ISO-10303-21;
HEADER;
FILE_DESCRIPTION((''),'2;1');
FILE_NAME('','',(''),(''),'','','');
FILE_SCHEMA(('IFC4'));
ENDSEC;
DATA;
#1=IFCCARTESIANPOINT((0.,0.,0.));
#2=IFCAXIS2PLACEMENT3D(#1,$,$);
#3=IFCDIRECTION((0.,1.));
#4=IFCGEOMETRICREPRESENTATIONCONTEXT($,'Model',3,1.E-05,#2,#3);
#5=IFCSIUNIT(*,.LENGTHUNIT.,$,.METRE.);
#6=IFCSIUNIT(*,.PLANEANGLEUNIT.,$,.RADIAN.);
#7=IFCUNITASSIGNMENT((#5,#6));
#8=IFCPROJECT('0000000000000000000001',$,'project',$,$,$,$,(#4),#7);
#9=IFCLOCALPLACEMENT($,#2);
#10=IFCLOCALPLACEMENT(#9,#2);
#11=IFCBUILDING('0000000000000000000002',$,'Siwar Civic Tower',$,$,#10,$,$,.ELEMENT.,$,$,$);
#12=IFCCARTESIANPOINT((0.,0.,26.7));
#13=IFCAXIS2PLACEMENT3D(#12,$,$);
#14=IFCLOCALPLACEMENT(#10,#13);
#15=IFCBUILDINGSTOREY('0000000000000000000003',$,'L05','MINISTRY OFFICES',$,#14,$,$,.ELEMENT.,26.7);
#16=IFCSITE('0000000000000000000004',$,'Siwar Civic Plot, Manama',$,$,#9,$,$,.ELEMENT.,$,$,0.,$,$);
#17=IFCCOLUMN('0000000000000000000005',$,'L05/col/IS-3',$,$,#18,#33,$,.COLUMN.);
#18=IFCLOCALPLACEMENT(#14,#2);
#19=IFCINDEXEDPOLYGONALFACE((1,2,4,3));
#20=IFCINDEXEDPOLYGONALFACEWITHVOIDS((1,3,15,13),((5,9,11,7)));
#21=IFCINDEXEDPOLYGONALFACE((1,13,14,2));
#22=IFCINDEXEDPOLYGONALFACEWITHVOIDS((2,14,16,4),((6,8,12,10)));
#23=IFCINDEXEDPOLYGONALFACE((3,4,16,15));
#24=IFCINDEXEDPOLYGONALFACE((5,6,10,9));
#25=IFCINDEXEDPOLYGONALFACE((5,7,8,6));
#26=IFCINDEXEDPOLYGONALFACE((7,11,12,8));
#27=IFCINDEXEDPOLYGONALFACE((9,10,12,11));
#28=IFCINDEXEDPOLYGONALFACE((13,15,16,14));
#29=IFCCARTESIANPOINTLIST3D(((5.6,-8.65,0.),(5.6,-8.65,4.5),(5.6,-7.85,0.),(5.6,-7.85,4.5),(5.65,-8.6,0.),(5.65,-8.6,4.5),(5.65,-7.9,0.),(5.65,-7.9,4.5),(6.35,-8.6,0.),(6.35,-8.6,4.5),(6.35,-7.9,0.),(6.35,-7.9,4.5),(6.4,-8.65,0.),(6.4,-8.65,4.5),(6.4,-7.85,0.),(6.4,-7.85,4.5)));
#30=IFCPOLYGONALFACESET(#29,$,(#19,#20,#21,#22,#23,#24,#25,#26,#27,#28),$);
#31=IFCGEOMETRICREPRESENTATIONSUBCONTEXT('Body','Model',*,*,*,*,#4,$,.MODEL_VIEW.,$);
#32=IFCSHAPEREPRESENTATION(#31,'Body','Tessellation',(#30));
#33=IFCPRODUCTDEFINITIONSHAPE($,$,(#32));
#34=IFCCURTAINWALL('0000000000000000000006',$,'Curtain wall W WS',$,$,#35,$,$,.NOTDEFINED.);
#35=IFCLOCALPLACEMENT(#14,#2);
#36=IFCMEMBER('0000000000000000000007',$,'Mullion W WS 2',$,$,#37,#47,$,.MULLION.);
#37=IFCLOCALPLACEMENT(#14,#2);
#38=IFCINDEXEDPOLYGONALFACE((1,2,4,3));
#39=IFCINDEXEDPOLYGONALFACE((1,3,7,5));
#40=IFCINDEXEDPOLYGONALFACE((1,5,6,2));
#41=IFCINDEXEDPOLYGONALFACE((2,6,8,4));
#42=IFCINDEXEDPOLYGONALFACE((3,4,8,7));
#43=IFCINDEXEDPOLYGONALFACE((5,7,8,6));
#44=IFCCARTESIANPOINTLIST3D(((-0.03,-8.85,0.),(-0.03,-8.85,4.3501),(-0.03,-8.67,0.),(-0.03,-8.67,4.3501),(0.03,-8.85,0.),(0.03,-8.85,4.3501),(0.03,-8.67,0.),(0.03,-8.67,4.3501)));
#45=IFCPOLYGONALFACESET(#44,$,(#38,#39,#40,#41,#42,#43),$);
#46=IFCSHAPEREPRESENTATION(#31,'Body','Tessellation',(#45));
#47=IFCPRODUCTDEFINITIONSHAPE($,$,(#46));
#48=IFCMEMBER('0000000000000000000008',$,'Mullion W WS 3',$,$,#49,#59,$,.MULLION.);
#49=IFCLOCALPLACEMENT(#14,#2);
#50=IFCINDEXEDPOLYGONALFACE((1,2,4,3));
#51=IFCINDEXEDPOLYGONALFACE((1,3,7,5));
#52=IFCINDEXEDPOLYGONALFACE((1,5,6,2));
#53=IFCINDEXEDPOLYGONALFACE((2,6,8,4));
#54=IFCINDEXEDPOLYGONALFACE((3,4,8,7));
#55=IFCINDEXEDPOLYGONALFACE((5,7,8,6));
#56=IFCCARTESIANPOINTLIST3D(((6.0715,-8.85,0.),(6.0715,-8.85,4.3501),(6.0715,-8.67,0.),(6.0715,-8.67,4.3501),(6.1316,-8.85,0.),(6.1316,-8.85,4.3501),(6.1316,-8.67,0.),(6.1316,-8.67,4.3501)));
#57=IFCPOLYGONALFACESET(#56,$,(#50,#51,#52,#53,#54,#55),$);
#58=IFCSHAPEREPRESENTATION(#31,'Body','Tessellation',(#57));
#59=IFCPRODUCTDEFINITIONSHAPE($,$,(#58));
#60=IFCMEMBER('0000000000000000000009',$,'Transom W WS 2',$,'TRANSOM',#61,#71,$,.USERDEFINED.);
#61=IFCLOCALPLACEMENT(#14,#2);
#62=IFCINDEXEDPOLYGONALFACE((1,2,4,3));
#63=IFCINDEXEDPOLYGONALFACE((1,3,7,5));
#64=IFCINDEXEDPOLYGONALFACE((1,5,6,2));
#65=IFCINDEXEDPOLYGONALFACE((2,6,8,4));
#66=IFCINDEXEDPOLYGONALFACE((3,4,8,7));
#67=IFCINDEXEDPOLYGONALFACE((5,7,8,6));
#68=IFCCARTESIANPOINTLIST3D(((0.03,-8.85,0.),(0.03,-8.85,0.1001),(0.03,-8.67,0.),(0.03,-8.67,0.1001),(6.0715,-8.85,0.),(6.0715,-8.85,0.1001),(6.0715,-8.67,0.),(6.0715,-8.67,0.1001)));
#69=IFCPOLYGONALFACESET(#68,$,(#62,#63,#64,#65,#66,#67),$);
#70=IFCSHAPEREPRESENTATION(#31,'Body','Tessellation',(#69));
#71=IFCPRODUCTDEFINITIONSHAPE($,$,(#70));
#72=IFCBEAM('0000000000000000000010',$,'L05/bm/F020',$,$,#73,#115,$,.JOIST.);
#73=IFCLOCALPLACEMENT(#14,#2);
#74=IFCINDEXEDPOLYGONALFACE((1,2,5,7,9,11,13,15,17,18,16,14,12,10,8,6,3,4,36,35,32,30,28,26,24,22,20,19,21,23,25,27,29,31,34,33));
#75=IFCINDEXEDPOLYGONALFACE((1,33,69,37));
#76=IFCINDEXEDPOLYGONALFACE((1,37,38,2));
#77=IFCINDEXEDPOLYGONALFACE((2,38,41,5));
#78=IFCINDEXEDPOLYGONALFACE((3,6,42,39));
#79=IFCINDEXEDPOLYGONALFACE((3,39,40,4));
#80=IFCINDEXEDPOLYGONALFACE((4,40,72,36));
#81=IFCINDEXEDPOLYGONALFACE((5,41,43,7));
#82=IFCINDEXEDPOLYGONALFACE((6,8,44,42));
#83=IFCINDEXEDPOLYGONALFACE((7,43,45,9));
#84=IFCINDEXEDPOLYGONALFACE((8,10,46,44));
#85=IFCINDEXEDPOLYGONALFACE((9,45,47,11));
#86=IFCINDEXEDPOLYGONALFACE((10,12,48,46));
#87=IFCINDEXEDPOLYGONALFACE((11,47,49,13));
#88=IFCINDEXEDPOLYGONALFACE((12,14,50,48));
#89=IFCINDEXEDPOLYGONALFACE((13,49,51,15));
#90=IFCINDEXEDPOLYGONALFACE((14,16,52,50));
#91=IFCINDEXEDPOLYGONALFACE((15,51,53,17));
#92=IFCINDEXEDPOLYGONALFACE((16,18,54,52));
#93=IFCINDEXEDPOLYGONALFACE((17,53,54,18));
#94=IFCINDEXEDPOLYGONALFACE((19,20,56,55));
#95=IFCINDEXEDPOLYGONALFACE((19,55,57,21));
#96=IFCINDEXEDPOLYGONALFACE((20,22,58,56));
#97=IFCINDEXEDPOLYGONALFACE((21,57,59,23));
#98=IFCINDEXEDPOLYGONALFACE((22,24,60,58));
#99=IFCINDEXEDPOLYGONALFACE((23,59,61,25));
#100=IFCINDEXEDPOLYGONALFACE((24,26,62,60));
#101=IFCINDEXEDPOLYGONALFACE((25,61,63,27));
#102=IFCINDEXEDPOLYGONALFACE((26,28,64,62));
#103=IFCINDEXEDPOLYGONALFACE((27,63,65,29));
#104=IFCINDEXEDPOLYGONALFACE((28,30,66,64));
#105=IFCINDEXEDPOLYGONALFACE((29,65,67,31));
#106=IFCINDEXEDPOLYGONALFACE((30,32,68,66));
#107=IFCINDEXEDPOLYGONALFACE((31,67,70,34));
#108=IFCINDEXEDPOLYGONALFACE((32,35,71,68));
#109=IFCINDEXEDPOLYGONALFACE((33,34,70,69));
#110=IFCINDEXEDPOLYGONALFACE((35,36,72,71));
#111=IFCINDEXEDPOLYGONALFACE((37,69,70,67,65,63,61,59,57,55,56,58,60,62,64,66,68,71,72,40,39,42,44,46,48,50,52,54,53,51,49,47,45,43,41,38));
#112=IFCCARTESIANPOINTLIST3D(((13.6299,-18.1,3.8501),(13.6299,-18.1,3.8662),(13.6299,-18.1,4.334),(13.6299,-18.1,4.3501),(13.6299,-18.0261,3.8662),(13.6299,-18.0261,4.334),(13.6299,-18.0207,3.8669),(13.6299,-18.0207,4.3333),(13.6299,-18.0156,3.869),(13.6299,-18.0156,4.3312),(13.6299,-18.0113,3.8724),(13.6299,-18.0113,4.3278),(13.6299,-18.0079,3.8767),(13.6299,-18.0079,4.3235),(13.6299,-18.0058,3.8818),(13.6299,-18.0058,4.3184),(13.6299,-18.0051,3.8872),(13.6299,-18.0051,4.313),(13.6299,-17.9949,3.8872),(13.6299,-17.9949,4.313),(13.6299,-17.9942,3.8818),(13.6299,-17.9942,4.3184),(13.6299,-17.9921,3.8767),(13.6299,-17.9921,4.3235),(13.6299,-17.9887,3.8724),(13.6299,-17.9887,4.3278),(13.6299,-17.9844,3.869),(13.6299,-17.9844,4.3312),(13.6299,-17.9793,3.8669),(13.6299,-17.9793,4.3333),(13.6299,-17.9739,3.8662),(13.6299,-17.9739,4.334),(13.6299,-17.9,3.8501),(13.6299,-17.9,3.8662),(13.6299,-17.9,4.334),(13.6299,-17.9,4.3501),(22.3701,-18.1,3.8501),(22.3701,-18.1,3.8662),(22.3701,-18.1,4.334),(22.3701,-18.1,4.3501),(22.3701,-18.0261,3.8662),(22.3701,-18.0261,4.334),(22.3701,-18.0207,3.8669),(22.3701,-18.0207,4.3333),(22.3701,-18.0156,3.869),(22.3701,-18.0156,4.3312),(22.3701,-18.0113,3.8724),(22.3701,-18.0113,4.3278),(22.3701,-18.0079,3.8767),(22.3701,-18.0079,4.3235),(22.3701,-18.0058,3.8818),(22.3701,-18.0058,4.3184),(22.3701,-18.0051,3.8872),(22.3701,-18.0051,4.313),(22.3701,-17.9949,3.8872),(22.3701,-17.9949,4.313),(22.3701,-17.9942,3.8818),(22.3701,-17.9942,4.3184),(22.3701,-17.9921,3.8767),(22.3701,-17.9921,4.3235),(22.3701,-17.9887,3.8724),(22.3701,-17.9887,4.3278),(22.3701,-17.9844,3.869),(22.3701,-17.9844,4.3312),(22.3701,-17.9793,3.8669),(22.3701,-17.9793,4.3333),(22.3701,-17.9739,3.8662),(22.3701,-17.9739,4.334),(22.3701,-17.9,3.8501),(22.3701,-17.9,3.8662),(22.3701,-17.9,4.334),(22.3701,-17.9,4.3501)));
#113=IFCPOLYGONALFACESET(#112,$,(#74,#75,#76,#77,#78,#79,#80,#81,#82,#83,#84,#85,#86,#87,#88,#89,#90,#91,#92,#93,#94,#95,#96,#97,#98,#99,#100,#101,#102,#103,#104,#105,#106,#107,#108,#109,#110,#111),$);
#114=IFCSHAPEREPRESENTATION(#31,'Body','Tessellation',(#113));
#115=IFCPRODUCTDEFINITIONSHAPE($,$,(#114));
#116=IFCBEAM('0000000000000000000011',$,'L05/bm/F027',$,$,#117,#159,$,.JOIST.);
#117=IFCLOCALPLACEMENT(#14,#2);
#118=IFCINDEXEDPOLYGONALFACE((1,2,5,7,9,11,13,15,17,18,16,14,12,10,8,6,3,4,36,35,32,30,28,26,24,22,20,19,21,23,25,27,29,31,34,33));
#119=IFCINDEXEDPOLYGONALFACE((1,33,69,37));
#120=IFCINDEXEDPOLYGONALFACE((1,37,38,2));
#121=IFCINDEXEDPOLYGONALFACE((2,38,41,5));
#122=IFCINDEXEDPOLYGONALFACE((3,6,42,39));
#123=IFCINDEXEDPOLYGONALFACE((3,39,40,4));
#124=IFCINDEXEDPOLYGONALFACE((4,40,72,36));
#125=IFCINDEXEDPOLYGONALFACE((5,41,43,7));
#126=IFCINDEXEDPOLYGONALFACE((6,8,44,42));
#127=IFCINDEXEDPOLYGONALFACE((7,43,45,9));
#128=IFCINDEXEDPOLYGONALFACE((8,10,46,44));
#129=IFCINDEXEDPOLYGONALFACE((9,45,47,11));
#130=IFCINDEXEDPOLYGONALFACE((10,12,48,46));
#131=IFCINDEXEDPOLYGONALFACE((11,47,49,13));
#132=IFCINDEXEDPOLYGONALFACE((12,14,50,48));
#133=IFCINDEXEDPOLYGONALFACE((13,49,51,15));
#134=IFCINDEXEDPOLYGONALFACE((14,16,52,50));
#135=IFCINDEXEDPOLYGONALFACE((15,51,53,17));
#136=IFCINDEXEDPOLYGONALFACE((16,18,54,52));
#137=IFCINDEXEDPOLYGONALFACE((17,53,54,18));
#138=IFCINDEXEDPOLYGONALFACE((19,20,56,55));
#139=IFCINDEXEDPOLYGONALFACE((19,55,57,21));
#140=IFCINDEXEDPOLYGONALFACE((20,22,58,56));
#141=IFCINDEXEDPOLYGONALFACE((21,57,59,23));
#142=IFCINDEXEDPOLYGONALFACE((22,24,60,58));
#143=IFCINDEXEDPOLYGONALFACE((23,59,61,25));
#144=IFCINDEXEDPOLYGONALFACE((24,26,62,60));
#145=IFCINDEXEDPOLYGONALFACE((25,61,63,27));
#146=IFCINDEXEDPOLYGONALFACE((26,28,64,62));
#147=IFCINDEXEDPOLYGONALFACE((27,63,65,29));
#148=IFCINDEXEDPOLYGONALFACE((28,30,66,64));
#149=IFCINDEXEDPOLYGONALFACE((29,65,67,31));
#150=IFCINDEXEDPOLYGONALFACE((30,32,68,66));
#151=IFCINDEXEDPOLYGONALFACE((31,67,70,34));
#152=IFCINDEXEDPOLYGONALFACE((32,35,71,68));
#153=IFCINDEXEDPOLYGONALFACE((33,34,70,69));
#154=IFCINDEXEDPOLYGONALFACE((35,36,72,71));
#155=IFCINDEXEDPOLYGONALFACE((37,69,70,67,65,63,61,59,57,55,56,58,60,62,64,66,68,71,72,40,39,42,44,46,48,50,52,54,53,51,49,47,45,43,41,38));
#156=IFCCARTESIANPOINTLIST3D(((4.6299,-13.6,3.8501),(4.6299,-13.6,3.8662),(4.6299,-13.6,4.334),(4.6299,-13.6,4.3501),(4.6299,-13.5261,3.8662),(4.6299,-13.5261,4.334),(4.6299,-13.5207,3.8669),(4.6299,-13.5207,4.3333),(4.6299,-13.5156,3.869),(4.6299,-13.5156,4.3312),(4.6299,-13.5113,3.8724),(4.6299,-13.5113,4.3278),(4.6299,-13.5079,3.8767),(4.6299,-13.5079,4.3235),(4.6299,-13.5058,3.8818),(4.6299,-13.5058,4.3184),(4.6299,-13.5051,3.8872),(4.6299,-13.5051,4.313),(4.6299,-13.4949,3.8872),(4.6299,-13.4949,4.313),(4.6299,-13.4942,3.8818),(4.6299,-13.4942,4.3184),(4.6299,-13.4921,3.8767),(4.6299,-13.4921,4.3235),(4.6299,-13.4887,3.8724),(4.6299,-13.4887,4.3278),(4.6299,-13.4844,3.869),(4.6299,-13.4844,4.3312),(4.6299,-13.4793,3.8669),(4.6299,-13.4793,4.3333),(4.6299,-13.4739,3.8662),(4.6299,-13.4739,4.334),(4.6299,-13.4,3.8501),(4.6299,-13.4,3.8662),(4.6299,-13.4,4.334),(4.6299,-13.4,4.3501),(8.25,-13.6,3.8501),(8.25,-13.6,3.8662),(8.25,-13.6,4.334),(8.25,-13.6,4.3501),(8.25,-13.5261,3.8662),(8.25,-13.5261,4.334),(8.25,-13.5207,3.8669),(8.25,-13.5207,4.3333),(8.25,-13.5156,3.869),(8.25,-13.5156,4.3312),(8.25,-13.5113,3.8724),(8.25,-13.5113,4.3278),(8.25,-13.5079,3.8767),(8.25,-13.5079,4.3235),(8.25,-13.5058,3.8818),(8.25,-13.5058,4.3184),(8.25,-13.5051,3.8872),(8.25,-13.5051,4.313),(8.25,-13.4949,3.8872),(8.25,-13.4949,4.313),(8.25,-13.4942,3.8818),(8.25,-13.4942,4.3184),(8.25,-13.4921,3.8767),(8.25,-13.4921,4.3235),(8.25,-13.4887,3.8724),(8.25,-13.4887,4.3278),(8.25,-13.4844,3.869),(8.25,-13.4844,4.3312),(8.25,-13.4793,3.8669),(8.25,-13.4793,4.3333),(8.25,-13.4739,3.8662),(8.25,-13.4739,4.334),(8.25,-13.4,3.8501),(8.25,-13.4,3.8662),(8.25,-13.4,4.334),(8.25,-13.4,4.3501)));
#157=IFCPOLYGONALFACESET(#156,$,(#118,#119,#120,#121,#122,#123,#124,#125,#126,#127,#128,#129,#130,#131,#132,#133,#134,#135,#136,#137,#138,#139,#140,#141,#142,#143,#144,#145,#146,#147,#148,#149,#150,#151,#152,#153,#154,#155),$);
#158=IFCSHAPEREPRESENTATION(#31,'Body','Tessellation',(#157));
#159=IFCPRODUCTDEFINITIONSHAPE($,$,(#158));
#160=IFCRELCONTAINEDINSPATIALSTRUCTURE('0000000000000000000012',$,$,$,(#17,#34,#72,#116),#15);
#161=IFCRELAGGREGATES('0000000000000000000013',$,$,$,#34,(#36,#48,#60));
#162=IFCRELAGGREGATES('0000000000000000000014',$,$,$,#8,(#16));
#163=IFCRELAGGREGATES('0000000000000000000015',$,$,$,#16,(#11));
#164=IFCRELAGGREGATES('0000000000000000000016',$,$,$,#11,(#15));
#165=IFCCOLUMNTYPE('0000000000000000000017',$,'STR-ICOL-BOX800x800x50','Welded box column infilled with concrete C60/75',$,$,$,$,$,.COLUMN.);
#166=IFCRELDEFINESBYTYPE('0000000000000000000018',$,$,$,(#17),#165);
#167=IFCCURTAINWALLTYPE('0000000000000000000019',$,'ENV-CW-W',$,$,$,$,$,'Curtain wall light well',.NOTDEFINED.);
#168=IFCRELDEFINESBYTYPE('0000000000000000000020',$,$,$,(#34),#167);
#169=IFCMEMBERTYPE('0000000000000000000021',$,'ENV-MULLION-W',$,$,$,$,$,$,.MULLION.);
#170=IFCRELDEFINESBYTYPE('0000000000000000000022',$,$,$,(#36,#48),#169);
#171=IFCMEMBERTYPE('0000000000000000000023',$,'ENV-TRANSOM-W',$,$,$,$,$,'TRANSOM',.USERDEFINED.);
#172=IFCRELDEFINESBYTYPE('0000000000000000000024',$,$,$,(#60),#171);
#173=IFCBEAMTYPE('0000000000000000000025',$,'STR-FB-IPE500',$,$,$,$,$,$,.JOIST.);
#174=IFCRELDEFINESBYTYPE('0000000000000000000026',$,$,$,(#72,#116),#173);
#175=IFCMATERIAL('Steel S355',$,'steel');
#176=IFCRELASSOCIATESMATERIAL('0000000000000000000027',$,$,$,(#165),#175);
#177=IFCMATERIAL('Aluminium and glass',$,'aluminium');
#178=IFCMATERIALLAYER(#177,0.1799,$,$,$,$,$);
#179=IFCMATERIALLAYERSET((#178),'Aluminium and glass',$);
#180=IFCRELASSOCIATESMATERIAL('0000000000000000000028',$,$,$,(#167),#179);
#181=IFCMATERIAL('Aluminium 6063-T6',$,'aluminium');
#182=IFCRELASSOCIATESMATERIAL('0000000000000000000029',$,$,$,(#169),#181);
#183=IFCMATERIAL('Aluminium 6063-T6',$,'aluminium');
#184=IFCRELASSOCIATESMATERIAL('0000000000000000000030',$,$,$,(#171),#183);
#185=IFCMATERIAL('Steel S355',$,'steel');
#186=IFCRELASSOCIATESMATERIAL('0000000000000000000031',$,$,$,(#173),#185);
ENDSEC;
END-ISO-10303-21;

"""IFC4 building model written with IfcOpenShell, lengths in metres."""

from ifc_helpers import new_model, si_unit, direction, frame, origin, origin_2d, place, context, subcontext, project, spatial, rectangle, hollow_rectangle, i_section, extrude, material, layer, layer_set, material_profile, profile_set, type_object, element, aggregate, save


model = new_model("IFC4")

# Units and contexts
model_context = context("Model", 3, precision=1e-05, world=origin(), true_north=direction((0.0, 1.0)))
body_context = subcontext(model_context, "Body", "Model", "MODEL_VIEW")
ifc_project = project(units=[si_unit("LENGTHUNIT", "METRE"), si_unit("PLANEANGLEUNIT", "RADIAN")], contexts=[model_context])

# Site, building, storey
site_placement = place(None, origin())
site = spatial("IfcSite", under=ifc_project, at=site_placement, Name="Siwar Civic Plot, Manama", CompositionType="ELEMENT", RefElevation=0.0)
building_placement = place(site_placement, origin())
building = spatial("IfcBuilding", under=site, at=building_placement, Name="Siwar Civic Tower", CompositionType="ELEMENT")
storey_placement = place(building_placement, frame((0.0, 0.0, 26.7)))
storey = spatial("IfcBuildingStorey", under=building, at=storey_placement, Name="L05", Description="MINISTRY OFFICES", CompositionType="ELEMENT", Elevation=26.7)

# Column
ifc_material_1 = material(Name="Steel S355", Category="steel")
ifc_material_profile_1 = material_profile(ifc_material_1, hollow_rectangle(XDim=0.8, YDim=0.8, WallThickness=0.05, at=origin_2d()), Name="BOX800x800x50")
ifc_profile_set_1 = profile_set([ifc_material_profile_1], Name="Steel S355")
column_type = type_object("IfcColumnType", Name="STR-ICOL-BOX800x800x50", Description="Welded box column infilled with concrete C60/75", PredefinedType="COLUMN", material=ifc_profile_set_1)
column_placement = place(storey_placement, frame((6.0, -8.25, 0.0), z_axis=(0.0, 0.0, 1.0), x_axis=(1.0, 0.0, 0.0)))
element("IfcColumn", 1, at=column_placement, inside=storey, type_object=column_type, Name="L05/col/IS-3", PredefinedType="COLUMN", context=body_context, shape_type="SweptSolid", body=[
    extrude(hollow_rectangle(XDim=0.8, YDim=0.8, WallThickness=0.05, at=origin_2d()), origin(), (0.0, 0.0, 1.0), 4.5),
])

# Curtain wall, members
ifc_material_2 = material(Name="Aluminium and glass", Category="aluminium")
ifc_layer_1 = layer(ifc_material_2, 0.1799)
ifc_layer_set_1 = layer_set([ifc_layer_1], Name="Aluminium and glass")
curtain_wall_type = type_object("IfcCurtainWallType", Name="ENV-CW-W", ElementType="Curtain wall light well", PredefinedType="NOTDEFINED", material=ifc_layer_set_1)
curtain_wall_placement = place(storey_placement, origin())
curtain_wall = element("IfcCurtainWall", 2, at=curtain_wall_placement, inside=storey, type_object=curtain_wall_type, Name="Curtain wall W WS", PredefinedType="NOTDEFINED")
ifc_material_3 = material(Name="Aluminium 6063-T6", Category="aluminium")
ifc_material_profile_2 = material_profile(ifc_material_3, rectangle(XDim=0.1799, YDim=0.0601, at=origin_2d()), Name="AL 180x60")
ifc_profile_set_2 = profile_set([ifc_material_profile_2], Name="Aluminium 6063-T6")
member_type_1 = type_object("IfcMemberType", Name="ENV-MULLION-W", PredefinedType="MULLION", material=ifc_profile_set_2)
member_1_placement = place(storey_placement, frame((0.0, -8.76, 0.0), z_axis=(0.0, 0.0, 1.0), x_axis=(0.0, 1.0, 0.0)))
member_1 = element("IfcMember", 3, at=member_1_placement, type_object=member_type_1, Name="Mullion W WS 2", PredefinedType="MULLION", context=body_context, shape_type="SweptSolid", body=[
    extrude(rectangle(XDim=0.1799, YDim=0.0601, at=origin_2d()), origin(), (0.0, 0.0, 1.0), 4.3501),
])
member_2_placement = place(storey_placement, frame((6.1016, -8.76, 0.0), z_axis=(0.0, 0.0, 1.0), x_axis=(0.0, 1.0, 0.0)))
member_2 = element("IfcMember", 4, at=member_2_placement, type_object=member_type_1, Name="Mullion W WS 3", PredefinedType="MULLION", context=body_context, shape_type="SweptSolid", body=[
    extrude(rectangle(XDim=0.1799, YDim=0.0601, at=origin_2d()), origin(), (0.0, 0.0, 1.0), 4.3501),
])
ifc_material_4 = material(Name="Aluminium 6063-T6", Category="aluminium")
ifc_material_profile_3 = material_profile(ifc_material_4, rectangle(XDim=0.1799, YDim=0.1001, at=origin_2d()), Name="AL 180x100")
ifc_profile_set_3 = profile_set([ifc_material_profile_3], Name="Aluminium 6063-T6")
member_type_2 = type_object("IfcMemberType", Name="ENV-TRANSOM-W", ElementType="TRANSOM", PredefinedType="USERDEFINED", material=ifc_profile_set_3)
member_3_placement = place(storey_placement, frame((0.03, -8.76, 0.05), z_axis=(1.0, 0.0, 0.0), x_axis=(0.0, 1.0, 0.0)))
member_3 = element("IfcMember", 5, at=member_3_placement, type_object=member_type_2, Name="Transom W WS 2", ObjectType="TRANSOM", PredefinedType="USERDEFINED", context=body_context, shape_type="SweptSolid", body=[
    extrude(rectangle(XDim=0.1799, YDim=0.1001, at=origin_2d()), origin(), (0.0, 0.0, 1.0), 6.0415),
])

# Beams
ifc_material_5 = material(Name="Steel S355", Category="steel")
ifc_material_profile_4 = material_profile(ifc_material_5, i_section(OverallWidth=0.2, OverallDepth=0.5, WebThickness=0.0103, FlangeThickness=0.0161, FilletRadius=0.021, at=origin_2d()), Name="IPE500")
ifc_profile_set_4 = profile_set([ifc_material_profile_4], Name="Steel S355")
beam_type = type_object("IfcBeamType", Name="STR-FB-IPE500", PredefinedType="JOIST", material=ifc_profile_set_4)
beam_1_placement = place(storey_placement, frame((13.6299, -18.0, 4.1001), z_axis=(1.0, 0.0, 0.0), x_axis=(0.0, 1.0, 0.0)))
element("IfcBeam", 6, at=beam_1_placement, inside=storey, type_object=beam_type, Name="L05/bm/F020", PredefinedType="JOIST", context=body_context, shape_type="SweptSolid", body=[
    extrude(i_section(OverallWidth=0.2, OverallDepth=0.5, WebThickness=0.0103, FlangeThickness=0.0161, FilletRadius=0.021, at=origin_2d()), origin(), (0.0, 0.0, 1.0), 8.7402),
])
beam_2_placement = place(storey_placement, frame((4.6299, -13.5, 4.1001), z_axis=(1.0, 0.0, 0.0), x_axis=(0.0, 1.0, 0.0)))
element("IfcBeam", 7, at=beam_2_placement, inside=storey, type_object=beam_type, Name="L05/bm/F027", PredefinedType="JOIST", context=body_context, shape_type="SweptSolid", body=[
    extrude(i_section(OverallWidth=0.2, OverallDepth=0.5, WebThickness=0.0103, FlangeThickness=0.0161, FilletRadius=0.021, at=origin_2d()), origin(), (0.0, 0.0, 1.0), 3.6201),
])

aggregate(curtain_wall, [member_1, member_2, member_3])

save(model, "model.ifc")
